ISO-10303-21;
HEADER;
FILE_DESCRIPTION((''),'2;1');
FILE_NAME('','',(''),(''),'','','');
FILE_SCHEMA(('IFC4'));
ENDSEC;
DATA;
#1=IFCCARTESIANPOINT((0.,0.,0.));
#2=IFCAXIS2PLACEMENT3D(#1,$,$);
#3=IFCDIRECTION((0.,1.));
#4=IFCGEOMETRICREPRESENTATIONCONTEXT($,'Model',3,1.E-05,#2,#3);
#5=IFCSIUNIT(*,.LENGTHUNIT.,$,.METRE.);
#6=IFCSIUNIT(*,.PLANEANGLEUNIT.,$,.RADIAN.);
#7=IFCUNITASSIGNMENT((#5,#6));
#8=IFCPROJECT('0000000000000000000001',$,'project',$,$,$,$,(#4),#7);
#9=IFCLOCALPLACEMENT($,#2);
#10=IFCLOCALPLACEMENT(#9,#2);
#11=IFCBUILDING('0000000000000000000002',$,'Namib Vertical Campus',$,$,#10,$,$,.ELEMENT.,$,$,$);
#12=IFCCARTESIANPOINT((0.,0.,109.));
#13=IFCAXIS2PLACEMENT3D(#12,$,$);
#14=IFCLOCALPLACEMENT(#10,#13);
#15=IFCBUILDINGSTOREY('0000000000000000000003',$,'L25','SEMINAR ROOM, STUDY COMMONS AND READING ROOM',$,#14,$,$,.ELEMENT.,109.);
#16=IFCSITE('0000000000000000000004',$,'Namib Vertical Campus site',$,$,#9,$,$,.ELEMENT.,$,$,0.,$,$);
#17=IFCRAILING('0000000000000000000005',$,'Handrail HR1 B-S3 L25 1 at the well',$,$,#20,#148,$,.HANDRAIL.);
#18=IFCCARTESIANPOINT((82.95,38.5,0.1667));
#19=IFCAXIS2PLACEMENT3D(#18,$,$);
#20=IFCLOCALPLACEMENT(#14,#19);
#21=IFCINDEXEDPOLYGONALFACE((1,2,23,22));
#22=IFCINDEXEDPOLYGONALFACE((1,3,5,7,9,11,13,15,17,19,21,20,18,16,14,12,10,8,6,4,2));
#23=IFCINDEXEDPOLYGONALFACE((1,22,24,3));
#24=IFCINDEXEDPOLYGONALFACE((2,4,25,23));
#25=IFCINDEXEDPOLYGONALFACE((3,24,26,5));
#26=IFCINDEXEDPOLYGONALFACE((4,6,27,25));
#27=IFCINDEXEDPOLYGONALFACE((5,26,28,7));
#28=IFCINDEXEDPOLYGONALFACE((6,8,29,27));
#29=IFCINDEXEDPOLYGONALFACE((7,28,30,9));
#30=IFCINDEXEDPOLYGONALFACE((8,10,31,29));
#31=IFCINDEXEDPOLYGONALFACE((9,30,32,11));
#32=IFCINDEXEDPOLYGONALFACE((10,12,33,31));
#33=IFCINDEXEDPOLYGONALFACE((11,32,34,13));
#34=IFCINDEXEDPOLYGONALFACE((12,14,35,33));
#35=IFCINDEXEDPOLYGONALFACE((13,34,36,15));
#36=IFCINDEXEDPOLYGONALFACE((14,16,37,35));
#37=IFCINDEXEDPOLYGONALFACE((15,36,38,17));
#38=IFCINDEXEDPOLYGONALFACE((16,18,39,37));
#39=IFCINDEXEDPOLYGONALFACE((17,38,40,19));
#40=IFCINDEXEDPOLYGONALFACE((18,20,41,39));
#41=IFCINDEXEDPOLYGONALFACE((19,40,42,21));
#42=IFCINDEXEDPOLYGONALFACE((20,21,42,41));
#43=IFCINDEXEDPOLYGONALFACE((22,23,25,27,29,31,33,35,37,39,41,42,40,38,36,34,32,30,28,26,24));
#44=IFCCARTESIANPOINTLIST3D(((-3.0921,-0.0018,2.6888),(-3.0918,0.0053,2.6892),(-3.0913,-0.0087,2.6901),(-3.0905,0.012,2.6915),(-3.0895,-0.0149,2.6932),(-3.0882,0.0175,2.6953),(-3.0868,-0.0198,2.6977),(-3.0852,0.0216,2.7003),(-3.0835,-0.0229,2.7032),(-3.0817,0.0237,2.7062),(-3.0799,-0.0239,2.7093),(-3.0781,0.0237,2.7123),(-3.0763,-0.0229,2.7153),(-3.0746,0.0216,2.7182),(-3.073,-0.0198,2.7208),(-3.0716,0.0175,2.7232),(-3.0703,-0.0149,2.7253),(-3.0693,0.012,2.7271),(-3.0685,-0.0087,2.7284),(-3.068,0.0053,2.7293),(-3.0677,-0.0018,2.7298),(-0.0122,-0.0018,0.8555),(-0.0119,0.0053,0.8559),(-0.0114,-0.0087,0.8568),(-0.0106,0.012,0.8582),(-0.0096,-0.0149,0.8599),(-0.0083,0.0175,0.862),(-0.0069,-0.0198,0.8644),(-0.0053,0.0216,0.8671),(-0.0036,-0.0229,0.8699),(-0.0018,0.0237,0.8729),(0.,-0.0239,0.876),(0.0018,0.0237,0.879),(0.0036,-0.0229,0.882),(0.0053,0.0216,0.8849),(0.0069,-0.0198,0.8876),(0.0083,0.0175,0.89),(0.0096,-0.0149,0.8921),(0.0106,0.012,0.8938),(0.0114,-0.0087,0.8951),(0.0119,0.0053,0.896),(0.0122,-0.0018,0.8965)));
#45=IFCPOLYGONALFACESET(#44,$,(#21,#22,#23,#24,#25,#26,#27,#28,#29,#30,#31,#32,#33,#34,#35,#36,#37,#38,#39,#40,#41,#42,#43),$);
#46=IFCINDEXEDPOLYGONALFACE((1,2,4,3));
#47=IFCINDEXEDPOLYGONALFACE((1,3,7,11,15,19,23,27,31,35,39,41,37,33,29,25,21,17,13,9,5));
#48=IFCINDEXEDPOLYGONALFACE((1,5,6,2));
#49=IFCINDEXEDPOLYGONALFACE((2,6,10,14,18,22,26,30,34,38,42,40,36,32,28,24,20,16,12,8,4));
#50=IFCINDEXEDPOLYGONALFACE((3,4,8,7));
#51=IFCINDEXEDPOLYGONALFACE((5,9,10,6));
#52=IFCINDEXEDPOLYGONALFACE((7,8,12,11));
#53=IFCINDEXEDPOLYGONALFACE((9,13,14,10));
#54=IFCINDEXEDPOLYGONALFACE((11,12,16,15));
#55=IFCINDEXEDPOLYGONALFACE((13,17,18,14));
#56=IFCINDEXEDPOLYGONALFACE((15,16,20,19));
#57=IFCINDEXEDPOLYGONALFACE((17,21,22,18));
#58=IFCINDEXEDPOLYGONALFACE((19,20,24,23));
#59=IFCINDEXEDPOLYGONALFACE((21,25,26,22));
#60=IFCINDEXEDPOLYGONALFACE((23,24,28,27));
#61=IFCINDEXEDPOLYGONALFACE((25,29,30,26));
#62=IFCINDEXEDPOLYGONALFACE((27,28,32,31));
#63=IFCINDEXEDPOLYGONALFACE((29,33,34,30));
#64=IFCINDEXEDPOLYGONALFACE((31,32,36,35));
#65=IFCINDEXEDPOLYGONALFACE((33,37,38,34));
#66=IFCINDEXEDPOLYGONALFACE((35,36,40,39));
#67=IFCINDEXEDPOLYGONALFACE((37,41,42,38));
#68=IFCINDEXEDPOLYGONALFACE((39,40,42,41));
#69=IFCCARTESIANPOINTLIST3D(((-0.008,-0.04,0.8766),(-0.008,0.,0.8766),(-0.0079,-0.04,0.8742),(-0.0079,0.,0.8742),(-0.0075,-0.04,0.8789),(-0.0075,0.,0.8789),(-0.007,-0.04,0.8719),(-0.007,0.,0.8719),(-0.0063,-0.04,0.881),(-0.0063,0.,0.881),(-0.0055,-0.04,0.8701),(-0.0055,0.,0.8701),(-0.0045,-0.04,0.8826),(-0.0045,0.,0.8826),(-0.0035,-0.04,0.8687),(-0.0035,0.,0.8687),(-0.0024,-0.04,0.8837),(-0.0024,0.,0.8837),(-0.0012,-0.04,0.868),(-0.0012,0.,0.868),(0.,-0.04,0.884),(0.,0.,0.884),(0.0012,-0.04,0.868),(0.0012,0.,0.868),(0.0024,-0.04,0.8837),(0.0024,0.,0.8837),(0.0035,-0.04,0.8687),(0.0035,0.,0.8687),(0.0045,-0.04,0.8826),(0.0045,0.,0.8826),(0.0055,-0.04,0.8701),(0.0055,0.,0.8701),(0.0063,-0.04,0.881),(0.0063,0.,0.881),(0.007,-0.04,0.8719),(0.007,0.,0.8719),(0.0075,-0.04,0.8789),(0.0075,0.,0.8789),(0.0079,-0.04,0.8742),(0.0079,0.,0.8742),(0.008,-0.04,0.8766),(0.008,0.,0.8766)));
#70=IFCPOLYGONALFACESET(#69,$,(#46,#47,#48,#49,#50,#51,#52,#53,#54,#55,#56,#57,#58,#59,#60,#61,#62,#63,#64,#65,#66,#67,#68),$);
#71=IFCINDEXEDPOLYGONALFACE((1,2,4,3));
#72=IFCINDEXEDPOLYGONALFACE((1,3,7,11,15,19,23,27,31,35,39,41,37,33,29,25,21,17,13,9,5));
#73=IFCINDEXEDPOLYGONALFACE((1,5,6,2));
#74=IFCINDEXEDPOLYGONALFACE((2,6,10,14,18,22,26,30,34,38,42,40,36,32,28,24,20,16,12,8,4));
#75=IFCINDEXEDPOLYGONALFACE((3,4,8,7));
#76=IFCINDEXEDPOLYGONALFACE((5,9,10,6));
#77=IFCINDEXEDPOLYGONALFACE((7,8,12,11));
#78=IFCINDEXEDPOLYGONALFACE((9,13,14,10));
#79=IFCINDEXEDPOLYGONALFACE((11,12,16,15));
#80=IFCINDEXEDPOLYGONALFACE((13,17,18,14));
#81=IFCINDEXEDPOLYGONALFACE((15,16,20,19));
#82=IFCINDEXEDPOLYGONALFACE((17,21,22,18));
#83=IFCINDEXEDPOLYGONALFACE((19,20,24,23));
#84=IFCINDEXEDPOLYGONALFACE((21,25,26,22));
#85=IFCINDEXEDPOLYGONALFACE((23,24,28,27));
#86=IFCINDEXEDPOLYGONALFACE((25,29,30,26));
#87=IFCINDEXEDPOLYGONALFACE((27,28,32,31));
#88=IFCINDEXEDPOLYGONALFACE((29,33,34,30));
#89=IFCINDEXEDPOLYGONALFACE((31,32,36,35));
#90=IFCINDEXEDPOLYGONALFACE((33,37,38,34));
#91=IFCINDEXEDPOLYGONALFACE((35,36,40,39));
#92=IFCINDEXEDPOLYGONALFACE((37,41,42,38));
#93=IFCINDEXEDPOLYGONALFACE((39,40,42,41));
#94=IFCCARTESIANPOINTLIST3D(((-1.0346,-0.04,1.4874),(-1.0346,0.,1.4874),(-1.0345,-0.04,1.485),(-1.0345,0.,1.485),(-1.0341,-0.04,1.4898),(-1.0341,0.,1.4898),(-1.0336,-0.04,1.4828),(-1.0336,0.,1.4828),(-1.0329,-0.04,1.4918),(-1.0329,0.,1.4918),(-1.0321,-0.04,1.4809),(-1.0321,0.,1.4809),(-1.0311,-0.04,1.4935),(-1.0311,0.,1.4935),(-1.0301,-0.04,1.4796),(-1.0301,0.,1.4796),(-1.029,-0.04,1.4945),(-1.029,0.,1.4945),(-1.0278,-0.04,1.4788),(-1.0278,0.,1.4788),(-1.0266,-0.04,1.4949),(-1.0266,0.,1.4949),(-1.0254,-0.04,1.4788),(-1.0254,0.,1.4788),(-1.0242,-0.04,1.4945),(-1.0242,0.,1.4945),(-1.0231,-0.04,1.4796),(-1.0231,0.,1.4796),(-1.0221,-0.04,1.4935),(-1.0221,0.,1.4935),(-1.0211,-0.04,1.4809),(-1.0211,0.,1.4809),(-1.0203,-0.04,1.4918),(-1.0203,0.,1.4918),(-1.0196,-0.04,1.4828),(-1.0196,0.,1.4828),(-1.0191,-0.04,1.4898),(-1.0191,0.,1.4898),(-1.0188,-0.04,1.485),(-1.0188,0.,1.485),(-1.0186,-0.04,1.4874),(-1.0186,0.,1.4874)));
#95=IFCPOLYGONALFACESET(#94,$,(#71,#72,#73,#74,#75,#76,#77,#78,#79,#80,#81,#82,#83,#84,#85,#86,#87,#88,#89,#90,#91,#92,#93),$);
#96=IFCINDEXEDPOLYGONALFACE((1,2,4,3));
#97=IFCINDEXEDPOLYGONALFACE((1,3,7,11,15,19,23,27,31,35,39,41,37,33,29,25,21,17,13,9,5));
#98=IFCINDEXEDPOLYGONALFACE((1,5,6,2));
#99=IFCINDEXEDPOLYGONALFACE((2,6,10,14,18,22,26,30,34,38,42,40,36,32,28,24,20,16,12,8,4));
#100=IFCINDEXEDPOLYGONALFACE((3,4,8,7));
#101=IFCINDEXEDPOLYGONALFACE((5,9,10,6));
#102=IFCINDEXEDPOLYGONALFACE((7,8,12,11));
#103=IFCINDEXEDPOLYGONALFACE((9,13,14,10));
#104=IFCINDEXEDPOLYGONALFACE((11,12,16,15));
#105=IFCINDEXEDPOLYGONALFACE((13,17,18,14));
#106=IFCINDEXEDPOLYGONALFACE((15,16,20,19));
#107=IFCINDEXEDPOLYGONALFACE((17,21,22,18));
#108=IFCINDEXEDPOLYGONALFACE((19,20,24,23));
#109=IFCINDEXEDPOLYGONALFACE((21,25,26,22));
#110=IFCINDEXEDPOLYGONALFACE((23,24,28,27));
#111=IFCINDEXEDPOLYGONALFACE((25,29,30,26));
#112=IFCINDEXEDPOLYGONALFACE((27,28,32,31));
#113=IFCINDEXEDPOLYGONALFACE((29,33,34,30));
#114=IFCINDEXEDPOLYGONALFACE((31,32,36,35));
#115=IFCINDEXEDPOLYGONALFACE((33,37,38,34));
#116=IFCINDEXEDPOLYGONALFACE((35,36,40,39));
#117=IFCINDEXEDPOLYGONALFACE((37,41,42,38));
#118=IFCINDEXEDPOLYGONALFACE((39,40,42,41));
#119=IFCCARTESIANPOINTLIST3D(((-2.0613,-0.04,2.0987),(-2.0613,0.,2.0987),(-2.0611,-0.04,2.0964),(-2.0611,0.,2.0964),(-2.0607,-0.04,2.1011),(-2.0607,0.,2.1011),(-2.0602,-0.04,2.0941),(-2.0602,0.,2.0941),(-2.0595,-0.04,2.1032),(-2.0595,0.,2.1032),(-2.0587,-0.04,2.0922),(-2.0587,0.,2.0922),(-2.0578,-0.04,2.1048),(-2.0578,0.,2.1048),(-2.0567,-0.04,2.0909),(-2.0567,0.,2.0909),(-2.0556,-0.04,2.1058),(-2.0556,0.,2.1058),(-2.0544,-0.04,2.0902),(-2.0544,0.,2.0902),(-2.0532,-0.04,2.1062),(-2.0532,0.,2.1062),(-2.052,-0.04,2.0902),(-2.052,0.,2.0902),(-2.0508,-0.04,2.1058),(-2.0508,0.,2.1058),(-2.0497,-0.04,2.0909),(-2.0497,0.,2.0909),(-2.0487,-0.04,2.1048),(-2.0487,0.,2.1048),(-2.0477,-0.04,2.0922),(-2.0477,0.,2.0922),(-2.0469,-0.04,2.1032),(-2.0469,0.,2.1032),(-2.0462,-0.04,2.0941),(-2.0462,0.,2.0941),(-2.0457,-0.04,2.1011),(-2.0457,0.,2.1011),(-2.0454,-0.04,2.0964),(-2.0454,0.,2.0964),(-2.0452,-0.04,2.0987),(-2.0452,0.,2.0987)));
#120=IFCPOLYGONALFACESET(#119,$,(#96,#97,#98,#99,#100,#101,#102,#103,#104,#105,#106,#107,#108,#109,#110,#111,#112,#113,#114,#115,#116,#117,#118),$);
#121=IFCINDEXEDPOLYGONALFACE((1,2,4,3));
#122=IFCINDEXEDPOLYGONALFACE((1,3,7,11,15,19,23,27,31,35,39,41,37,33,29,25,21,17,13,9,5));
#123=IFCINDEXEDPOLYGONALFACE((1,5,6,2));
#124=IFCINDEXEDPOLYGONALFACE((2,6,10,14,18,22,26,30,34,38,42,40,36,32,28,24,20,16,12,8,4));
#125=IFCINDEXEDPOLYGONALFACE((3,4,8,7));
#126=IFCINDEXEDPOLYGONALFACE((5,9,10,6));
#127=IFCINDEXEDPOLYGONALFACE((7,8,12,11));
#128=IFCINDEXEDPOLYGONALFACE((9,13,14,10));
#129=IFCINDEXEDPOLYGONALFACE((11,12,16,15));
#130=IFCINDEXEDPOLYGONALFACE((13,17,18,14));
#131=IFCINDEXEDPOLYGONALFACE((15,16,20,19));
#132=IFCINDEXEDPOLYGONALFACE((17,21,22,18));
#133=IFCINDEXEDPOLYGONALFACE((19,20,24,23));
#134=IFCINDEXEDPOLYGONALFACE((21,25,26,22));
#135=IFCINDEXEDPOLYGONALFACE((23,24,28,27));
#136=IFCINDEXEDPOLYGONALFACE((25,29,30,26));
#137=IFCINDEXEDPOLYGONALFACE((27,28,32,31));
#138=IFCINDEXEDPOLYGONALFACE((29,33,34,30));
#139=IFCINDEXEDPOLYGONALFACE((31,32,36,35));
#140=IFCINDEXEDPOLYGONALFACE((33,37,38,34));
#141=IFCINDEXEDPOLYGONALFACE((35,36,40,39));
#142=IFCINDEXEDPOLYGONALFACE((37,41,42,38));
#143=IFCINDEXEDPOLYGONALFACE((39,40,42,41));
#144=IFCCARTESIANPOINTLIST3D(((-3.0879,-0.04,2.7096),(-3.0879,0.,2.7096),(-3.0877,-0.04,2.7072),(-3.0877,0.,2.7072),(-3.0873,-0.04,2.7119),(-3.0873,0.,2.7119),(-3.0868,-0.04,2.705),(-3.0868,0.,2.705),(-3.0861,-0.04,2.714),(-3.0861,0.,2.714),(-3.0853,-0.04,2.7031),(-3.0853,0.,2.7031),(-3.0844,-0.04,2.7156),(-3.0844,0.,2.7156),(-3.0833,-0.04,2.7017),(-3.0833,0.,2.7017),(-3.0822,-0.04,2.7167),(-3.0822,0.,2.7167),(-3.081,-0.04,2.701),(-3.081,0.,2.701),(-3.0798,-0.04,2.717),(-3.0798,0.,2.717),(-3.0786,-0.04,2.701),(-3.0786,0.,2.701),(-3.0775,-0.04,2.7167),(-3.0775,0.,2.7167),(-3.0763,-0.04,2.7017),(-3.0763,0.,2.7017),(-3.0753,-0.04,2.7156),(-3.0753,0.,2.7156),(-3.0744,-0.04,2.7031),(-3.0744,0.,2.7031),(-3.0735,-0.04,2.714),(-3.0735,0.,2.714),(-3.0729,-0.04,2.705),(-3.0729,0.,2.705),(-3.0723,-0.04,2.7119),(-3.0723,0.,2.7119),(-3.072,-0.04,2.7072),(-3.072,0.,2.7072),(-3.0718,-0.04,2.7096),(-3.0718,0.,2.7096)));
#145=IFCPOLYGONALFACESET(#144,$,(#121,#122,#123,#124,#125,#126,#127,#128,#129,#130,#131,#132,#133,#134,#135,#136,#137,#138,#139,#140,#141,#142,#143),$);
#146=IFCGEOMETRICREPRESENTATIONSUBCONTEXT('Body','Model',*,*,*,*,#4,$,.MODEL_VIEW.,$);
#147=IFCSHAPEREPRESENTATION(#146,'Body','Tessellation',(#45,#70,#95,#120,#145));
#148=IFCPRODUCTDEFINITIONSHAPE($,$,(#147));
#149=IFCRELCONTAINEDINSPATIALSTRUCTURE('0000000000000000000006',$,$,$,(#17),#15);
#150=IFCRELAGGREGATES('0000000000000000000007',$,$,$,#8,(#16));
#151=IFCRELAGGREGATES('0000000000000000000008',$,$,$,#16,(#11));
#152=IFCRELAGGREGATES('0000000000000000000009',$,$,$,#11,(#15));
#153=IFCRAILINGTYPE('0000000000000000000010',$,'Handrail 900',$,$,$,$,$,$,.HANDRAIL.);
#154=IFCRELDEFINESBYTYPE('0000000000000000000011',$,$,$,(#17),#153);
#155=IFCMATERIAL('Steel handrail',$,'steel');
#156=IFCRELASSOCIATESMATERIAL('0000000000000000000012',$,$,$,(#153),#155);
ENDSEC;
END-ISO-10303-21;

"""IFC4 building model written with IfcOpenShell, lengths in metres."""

from ifc_helpers import new_model, si_unit, direction, frame, origin, origin_2d, place, context, subcontext, project, spatial, circle, extrude, material, type_object, element, save


model = new_model("IFC4")

# Units and contexts
model_context = context("Model", 3, precision=1e-05, world=origin(), true_north=direction((0.0, 1.0)))
body_context = subcontext(model_context, "Body", "Model", "MODEL_VIEW")
ifc_project = project(units=[si_unit("LENGTHUNIT", "METRE"), si_unit("PLANEANGLEUNIT", "RADIAN")], contexts=[model_context])

# Site, building, storey
site_placement = place(None, origin())
site = spatial("IfcSite", under=ifc_project, at=site_placement, Name="Namib Vertical Campus site", CompositionType="ELEMENT", RefElevation=0.0)
building_placement = place(site_placement, origin())
building = spatial("IfcBuilding", under=site, at=building_placement, Name="Namib Vertical Campus", CompositionType="ELEMENT")
storey_placement = place(building_placement, frame((0.0, 0.0, 109.0)))
storey = spatial("IfcBuildingStorey", under=building, at=storey_placement, Name="L25", Description="SEMINAR ROOM, STUDY COMMONS AND READING ROOM", CompositionType="ELEMENT", Elevation=109.0)

# Railing
ifc_material_1 = material(Name="Steel handrail", Category="steel")
railing_type_1 = type_object("IfcRailingType", Name="Handrail 900", PredefinedType="HANDRAIL", material=ifc_material_1)
railing_1_placement = place(storey_placement, frame((82.95, 38.5, 0.1667)))
element("IfcRailing", 1, at=railing_1_placement, inside=storey, type_object=railing_type_1, Name="Handrail HR1 B-S3 L25 1 at the well", PredefinedType="HANDRAIL", context=body_context, shape_type="SweptSolid", body=[
    extrude(circle(Radius=0.0239, at=origin_2d()), frame((0.0, 0.0, 0.876), z_axis=(-0.859291, 0.0, 0.511487), x_axis=(0.0, -1.0, 0.0)), (0.0, 0.0, 1.0), 3.5842),
    extrude(circle(Radius=0.0081, at=origin_2d()), frame((0.0, 0.0, 0.876), z_axis=(0.0, -1.0, 0.0), x_axis=(0.0, 0.0, 1.0)), (0.0, 0.0, 1.0), 0.04),
    extrude(circle(Radius=0.0081, at=origin_2d()), frame((-1.0266, 0.0, 1.4868), z_axis=(0.0, -1.0, 0.0), x_axis=(0.0, 0.0, 1.0)), (0.0, 0.0, 1.0), 0.04),
    extrude(circle(Radius=0.0081, at=origin_2d()), frame((-2.0532, 0.0, 2.0981), z_axis=(0.0, -1.0, 0.0), x_axis=(0.0, 0.0, 1.0)), (0.0, 0.0, 1.0), 0.04),
    extrude(circle(Radius=0.0081, at=origin_2d()), frame((-3.0798, 0.0, 2.709), z_axis=(0.0, -1.0, 0.0), x_axis=(0.0, 0.0, 1.0)), (0.0, 0.0, 1.0), 0.04),
])

save(model, "model.ifc")
